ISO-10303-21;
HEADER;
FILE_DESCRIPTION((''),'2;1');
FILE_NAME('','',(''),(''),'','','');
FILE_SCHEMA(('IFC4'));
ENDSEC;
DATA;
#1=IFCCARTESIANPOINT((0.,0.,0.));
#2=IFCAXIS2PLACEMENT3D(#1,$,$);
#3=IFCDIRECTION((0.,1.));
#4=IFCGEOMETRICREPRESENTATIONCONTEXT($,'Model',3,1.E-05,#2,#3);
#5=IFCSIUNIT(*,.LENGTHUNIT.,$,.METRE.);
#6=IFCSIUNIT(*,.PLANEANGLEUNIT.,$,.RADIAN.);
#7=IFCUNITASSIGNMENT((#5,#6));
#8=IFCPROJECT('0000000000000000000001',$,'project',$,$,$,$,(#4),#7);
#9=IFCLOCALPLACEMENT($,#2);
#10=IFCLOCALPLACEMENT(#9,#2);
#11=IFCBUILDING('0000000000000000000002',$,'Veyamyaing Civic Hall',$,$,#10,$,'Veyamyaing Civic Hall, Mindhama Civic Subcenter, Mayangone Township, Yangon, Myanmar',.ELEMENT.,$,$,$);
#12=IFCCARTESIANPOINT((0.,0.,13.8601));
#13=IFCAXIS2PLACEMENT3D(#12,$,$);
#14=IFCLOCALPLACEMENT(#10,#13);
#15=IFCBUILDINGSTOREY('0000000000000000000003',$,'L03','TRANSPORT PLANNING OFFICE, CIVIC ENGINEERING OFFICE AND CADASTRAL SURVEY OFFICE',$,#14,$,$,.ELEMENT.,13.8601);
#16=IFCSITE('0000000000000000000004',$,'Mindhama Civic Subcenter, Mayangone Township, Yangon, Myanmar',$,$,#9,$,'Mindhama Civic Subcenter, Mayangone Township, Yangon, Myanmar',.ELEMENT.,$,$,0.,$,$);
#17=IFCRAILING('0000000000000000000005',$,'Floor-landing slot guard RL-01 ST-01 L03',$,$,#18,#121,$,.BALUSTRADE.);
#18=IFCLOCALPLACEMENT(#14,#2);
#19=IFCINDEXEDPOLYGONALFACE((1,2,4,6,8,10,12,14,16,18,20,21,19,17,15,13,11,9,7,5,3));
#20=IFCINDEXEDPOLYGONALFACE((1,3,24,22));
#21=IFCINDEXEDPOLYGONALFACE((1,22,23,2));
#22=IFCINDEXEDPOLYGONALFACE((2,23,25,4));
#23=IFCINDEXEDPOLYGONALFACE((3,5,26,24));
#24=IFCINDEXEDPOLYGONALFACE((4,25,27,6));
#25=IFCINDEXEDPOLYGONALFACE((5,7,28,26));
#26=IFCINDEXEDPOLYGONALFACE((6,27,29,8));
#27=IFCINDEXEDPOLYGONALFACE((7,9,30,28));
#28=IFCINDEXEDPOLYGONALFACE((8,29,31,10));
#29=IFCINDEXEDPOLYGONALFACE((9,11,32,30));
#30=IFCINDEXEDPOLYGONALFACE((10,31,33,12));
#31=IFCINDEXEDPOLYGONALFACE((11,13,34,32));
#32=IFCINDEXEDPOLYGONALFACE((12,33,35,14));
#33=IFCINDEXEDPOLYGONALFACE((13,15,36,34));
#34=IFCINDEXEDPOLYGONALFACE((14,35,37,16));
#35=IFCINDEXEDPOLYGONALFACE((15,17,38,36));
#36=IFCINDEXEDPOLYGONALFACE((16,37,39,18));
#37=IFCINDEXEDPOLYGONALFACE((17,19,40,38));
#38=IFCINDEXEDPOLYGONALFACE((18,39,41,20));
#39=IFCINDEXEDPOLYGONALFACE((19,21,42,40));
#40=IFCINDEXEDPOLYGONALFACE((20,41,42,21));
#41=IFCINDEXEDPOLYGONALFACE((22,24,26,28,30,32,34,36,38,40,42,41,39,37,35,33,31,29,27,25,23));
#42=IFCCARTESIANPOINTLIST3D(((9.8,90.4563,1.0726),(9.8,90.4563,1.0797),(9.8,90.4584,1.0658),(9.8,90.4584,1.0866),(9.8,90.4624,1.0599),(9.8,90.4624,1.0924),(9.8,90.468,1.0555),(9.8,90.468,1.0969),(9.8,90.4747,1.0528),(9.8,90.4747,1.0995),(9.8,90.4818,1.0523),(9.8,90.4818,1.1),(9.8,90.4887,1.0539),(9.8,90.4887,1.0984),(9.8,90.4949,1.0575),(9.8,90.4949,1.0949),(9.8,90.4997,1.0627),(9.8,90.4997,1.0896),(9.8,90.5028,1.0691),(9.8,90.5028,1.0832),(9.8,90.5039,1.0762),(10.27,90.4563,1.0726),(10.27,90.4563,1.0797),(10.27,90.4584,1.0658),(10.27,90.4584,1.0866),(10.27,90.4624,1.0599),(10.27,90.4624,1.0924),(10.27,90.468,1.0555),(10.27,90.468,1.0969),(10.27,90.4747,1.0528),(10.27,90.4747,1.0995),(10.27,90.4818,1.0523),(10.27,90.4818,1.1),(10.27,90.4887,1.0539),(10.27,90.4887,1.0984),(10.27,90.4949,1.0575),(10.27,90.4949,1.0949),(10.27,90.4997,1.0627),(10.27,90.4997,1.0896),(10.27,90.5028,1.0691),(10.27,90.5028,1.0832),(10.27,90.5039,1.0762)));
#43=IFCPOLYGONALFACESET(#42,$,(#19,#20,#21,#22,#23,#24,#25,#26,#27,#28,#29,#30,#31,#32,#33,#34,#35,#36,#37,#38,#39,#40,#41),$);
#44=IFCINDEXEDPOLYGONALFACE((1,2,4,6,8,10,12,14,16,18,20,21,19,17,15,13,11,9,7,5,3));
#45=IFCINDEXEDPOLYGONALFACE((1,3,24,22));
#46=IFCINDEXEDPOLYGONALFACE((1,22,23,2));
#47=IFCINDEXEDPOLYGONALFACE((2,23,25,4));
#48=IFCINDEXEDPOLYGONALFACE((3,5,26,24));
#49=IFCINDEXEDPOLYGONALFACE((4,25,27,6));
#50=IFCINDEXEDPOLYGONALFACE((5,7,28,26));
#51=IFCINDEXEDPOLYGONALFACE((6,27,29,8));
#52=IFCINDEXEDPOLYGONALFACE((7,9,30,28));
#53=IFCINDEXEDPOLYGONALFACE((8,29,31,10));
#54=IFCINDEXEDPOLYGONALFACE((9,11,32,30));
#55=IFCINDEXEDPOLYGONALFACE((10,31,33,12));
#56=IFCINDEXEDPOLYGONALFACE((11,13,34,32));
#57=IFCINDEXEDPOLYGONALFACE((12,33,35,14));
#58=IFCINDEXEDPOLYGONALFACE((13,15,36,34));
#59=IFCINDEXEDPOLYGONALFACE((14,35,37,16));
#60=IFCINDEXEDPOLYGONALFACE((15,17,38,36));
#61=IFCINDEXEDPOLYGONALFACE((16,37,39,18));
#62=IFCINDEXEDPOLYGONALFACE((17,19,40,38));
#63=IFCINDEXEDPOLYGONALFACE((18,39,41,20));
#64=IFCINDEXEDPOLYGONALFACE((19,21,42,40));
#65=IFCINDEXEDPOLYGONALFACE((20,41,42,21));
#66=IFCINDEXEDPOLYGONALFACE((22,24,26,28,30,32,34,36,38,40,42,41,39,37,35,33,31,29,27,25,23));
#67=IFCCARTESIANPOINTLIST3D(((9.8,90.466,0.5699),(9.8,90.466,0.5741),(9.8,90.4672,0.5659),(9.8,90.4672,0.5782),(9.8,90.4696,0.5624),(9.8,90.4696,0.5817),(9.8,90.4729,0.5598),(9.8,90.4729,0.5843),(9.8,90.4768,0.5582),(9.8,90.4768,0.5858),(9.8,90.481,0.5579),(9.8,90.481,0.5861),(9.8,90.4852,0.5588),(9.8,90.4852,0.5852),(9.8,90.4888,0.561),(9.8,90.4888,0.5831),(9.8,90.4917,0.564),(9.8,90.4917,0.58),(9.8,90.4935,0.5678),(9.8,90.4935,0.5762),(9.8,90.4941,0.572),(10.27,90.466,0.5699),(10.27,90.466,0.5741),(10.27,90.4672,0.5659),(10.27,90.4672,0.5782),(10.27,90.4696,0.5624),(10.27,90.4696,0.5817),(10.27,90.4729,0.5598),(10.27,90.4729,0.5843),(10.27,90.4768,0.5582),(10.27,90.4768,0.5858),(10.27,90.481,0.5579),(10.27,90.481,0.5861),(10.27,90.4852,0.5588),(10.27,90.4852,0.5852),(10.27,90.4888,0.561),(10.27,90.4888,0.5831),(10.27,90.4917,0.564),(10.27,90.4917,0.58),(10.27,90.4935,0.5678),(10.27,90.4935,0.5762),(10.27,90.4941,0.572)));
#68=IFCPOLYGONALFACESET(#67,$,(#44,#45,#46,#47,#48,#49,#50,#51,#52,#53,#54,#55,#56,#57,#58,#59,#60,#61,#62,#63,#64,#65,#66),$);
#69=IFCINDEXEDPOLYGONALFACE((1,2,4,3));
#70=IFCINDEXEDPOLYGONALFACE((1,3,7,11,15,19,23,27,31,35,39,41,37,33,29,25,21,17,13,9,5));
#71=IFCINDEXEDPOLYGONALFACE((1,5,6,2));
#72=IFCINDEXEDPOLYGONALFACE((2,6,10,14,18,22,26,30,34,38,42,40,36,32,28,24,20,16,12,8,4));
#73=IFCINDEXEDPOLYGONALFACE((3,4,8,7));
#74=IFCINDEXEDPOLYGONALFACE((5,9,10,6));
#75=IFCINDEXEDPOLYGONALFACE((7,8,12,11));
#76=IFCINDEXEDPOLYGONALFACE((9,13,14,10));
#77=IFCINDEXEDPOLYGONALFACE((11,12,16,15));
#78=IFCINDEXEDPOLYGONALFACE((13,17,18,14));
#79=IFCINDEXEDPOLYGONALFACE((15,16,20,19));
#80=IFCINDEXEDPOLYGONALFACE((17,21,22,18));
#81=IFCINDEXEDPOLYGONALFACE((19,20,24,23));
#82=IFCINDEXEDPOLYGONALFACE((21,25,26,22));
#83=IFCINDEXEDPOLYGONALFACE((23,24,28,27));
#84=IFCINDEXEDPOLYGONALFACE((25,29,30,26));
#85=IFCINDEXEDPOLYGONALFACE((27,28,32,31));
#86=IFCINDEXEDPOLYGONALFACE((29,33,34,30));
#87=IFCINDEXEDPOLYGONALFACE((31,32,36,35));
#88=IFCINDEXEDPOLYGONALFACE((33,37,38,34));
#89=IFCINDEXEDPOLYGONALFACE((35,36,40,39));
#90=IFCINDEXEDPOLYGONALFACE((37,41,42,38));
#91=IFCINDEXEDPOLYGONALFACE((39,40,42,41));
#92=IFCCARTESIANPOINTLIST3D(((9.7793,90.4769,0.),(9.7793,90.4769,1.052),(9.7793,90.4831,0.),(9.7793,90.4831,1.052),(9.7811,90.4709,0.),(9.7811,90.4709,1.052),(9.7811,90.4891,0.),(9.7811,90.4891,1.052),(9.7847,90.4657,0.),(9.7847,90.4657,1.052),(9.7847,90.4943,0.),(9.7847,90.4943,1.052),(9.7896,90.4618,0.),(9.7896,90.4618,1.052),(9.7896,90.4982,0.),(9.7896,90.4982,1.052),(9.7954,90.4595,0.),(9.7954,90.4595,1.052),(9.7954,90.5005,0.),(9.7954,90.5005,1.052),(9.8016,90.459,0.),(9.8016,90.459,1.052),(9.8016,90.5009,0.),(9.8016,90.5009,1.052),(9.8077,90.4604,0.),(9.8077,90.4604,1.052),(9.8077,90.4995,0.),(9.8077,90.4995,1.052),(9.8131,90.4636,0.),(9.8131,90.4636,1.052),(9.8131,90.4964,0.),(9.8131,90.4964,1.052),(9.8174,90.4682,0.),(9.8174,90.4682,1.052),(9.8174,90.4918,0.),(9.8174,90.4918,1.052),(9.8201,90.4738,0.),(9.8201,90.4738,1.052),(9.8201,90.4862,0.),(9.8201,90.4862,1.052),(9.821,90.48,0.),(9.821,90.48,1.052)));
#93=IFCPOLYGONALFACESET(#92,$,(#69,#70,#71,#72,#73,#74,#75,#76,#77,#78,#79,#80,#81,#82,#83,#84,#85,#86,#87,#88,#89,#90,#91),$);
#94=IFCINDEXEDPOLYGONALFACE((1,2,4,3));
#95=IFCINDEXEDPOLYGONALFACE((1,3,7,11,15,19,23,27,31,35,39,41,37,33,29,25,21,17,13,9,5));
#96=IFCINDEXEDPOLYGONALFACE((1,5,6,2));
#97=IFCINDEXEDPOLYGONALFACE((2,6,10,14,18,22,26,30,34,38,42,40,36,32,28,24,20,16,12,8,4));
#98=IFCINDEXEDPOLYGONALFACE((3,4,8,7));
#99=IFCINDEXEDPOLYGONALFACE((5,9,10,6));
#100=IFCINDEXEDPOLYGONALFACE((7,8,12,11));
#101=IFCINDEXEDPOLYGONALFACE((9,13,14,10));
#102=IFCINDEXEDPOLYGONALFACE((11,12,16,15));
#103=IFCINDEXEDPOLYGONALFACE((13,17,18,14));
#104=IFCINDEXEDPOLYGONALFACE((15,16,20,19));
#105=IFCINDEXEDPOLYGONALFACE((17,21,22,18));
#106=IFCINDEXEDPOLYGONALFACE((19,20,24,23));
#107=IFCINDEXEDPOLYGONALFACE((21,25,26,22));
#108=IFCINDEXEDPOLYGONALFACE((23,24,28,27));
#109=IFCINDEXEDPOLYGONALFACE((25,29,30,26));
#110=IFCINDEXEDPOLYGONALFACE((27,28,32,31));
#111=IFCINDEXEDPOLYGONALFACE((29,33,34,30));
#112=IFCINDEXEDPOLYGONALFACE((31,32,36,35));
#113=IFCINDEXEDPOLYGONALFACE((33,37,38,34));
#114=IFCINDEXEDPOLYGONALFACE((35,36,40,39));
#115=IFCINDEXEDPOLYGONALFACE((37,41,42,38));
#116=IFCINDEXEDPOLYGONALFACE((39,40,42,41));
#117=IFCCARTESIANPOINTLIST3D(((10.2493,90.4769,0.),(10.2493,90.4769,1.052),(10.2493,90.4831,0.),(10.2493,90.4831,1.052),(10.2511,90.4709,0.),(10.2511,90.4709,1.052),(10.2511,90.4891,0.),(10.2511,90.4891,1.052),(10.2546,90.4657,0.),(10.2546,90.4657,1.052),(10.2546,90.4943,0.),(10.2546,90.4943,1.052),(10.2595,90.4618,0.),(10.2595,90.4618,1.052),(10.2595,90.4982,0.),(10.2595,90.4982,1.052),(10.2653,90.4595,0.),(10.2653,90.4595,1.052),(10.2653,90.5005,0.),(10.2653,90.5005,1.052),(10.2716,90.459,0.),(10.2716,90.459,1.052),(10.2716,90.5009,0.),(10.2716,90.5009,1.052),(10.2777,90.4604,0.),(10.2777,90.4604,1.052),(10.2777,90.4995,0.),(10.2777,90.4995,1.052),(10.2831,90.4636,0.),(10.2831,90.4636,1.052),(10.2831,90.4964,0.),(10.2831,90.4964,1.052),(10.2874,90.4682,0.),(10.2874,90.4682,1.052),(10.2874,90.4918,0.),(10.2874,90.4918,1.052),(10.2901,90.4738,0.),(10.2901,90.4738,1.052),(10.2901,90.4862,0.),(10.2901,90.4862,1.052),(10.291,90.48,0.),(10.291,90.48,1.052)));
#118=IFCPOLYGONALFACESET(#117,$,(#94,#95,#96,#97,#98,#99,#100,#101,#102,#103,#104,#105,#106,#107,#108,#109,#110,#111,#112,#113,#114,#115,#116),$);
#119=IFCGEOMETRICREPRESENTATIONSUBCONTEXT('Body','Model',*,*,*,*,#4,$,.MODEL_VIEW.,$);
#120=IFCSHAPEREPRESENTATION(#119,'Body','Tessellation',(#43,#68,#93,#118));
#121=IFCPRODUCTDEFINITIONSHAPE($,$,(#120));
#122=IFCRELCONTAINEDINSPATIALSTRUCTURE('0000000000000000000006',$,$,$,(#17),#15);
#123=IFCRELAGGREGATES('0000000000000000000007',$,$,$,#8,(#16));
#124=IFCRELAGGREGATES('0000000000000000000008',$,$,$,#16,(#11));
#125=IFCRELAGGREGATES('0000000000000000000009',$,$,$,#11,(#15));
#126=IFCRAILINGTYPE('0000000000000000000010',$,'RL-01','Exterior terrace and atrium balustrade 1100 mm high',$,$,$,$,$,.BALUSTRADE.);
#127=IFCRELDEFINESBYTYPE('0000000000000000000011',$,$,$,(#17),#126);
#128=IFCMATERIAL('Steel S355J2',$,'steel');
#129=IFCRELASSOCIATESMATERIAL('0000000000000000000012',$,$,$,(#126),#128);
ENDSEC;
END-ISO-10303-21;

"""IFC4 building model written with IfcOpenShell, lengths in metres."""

from ifc_helpers import new_model, si_unit, direction, frame, origin, origin_2d, place, context, subcontext, project, spatial, circle, extrude, material, type_object, element, save


model = new_model("IFC4")

# Units and contexts
model_context = context("Model", 3, precision=1e-05, world=origin(), true_north=direction((0.0, 1.0)))
body_context = subcontext(model_context, "Body", "Model", "MODEL_VIEW")
ifc_project = project(units=[si_unit("LENGTHUNIT", "METRE"), si_unit("PLANEANGLEUNIT", "RADIAN")], contexts=[model_context])

# Site, building, storey
site_placement = place(None, origin())
site = spatial("IfcSite", under=ifc_project, at=site_placement, Name="Mindhama Civic Subcenter, Mayangone Township, Yangon, Myanmar", LongName="Mindhama Civic Subcenter, Mayangone Township, Yangon, Myanmar", CompositionType="ELEMENT", RefElevation=0.0)
building_placement = place(site_placement, origin())
building = spatial("IfcBuilding", under=site, at=building_placement, Name="Veyamyaing Civic Hall", LongName="Veyamyaing Civic Hall, Mindhama Civic Subcenter, Mayangone Township, Yangon, Myanmar", CompositionType="ELEMENT")
storey_placement = place(building_placement, frame((0.0, 0.0, 13.8601)))
storey = spatial("IfcBuildingStorey", under=building, at=storey_placement, Name="L03", Description="TRANSPORT PLANNING OFFICE, CIVIC ENGINEERING OFFICE AND CADASTRAL SURVEY OFFICE", CompositionType="ELEMENT", Elevation=13.8601)

# Railing
ifc_material_1 = material(Name="Steel S355J2", Category="steel")
railing_type_1 = type_object("IfcRailingType", Name="RL-01", Description="Exterior terrace and atrium balustrade 1100 mm high", PredefinedType="BALUSTRADE", material=ifc_material_1)
railing_1_placement = place(storey_placement, frame((9.8, 90.48, 0.0)))
element("IfcRailing", 1, at=railing_1_placement, inside=storey, type_object=railing_type_1, Name="Floor-landing slot guard RL-01 ST-01 L03", PredefinedType="BALUSTRADE", context=body_context, shape_type="SweptSolid", body=[
    extrude(circle(Radius=0.0239, at=origin_2d()), frame((0.0, 0.0, 1.0762), z_axis=(1.0, 0.0, 0.0), x_axis=(0.0, 1.0, 0.0)), (0.0, 0.0, 1.0), 0.47),
    extrude(circle(Radius=0.0142, at=origin_2d()), frame((0.0, 0.0, 0.572), z_axis=(1.0, 0.0, 0.0), x_axis=(0.0, 1.0, 0.0)), (0.0, 0.0, 1.0), 0.47),
    extrude(circle(Radius=0.021, at=origin_2d()), origin(), (0.0, 0.0, 1.0), 1.052),
    extrude(circle(Radius=0.021, at=origin_2d()), frame((0.47, 0.0, 0.0)), (0.0, 0.0, 1.0), 1.052),
])

save(model, "model.ifc")
